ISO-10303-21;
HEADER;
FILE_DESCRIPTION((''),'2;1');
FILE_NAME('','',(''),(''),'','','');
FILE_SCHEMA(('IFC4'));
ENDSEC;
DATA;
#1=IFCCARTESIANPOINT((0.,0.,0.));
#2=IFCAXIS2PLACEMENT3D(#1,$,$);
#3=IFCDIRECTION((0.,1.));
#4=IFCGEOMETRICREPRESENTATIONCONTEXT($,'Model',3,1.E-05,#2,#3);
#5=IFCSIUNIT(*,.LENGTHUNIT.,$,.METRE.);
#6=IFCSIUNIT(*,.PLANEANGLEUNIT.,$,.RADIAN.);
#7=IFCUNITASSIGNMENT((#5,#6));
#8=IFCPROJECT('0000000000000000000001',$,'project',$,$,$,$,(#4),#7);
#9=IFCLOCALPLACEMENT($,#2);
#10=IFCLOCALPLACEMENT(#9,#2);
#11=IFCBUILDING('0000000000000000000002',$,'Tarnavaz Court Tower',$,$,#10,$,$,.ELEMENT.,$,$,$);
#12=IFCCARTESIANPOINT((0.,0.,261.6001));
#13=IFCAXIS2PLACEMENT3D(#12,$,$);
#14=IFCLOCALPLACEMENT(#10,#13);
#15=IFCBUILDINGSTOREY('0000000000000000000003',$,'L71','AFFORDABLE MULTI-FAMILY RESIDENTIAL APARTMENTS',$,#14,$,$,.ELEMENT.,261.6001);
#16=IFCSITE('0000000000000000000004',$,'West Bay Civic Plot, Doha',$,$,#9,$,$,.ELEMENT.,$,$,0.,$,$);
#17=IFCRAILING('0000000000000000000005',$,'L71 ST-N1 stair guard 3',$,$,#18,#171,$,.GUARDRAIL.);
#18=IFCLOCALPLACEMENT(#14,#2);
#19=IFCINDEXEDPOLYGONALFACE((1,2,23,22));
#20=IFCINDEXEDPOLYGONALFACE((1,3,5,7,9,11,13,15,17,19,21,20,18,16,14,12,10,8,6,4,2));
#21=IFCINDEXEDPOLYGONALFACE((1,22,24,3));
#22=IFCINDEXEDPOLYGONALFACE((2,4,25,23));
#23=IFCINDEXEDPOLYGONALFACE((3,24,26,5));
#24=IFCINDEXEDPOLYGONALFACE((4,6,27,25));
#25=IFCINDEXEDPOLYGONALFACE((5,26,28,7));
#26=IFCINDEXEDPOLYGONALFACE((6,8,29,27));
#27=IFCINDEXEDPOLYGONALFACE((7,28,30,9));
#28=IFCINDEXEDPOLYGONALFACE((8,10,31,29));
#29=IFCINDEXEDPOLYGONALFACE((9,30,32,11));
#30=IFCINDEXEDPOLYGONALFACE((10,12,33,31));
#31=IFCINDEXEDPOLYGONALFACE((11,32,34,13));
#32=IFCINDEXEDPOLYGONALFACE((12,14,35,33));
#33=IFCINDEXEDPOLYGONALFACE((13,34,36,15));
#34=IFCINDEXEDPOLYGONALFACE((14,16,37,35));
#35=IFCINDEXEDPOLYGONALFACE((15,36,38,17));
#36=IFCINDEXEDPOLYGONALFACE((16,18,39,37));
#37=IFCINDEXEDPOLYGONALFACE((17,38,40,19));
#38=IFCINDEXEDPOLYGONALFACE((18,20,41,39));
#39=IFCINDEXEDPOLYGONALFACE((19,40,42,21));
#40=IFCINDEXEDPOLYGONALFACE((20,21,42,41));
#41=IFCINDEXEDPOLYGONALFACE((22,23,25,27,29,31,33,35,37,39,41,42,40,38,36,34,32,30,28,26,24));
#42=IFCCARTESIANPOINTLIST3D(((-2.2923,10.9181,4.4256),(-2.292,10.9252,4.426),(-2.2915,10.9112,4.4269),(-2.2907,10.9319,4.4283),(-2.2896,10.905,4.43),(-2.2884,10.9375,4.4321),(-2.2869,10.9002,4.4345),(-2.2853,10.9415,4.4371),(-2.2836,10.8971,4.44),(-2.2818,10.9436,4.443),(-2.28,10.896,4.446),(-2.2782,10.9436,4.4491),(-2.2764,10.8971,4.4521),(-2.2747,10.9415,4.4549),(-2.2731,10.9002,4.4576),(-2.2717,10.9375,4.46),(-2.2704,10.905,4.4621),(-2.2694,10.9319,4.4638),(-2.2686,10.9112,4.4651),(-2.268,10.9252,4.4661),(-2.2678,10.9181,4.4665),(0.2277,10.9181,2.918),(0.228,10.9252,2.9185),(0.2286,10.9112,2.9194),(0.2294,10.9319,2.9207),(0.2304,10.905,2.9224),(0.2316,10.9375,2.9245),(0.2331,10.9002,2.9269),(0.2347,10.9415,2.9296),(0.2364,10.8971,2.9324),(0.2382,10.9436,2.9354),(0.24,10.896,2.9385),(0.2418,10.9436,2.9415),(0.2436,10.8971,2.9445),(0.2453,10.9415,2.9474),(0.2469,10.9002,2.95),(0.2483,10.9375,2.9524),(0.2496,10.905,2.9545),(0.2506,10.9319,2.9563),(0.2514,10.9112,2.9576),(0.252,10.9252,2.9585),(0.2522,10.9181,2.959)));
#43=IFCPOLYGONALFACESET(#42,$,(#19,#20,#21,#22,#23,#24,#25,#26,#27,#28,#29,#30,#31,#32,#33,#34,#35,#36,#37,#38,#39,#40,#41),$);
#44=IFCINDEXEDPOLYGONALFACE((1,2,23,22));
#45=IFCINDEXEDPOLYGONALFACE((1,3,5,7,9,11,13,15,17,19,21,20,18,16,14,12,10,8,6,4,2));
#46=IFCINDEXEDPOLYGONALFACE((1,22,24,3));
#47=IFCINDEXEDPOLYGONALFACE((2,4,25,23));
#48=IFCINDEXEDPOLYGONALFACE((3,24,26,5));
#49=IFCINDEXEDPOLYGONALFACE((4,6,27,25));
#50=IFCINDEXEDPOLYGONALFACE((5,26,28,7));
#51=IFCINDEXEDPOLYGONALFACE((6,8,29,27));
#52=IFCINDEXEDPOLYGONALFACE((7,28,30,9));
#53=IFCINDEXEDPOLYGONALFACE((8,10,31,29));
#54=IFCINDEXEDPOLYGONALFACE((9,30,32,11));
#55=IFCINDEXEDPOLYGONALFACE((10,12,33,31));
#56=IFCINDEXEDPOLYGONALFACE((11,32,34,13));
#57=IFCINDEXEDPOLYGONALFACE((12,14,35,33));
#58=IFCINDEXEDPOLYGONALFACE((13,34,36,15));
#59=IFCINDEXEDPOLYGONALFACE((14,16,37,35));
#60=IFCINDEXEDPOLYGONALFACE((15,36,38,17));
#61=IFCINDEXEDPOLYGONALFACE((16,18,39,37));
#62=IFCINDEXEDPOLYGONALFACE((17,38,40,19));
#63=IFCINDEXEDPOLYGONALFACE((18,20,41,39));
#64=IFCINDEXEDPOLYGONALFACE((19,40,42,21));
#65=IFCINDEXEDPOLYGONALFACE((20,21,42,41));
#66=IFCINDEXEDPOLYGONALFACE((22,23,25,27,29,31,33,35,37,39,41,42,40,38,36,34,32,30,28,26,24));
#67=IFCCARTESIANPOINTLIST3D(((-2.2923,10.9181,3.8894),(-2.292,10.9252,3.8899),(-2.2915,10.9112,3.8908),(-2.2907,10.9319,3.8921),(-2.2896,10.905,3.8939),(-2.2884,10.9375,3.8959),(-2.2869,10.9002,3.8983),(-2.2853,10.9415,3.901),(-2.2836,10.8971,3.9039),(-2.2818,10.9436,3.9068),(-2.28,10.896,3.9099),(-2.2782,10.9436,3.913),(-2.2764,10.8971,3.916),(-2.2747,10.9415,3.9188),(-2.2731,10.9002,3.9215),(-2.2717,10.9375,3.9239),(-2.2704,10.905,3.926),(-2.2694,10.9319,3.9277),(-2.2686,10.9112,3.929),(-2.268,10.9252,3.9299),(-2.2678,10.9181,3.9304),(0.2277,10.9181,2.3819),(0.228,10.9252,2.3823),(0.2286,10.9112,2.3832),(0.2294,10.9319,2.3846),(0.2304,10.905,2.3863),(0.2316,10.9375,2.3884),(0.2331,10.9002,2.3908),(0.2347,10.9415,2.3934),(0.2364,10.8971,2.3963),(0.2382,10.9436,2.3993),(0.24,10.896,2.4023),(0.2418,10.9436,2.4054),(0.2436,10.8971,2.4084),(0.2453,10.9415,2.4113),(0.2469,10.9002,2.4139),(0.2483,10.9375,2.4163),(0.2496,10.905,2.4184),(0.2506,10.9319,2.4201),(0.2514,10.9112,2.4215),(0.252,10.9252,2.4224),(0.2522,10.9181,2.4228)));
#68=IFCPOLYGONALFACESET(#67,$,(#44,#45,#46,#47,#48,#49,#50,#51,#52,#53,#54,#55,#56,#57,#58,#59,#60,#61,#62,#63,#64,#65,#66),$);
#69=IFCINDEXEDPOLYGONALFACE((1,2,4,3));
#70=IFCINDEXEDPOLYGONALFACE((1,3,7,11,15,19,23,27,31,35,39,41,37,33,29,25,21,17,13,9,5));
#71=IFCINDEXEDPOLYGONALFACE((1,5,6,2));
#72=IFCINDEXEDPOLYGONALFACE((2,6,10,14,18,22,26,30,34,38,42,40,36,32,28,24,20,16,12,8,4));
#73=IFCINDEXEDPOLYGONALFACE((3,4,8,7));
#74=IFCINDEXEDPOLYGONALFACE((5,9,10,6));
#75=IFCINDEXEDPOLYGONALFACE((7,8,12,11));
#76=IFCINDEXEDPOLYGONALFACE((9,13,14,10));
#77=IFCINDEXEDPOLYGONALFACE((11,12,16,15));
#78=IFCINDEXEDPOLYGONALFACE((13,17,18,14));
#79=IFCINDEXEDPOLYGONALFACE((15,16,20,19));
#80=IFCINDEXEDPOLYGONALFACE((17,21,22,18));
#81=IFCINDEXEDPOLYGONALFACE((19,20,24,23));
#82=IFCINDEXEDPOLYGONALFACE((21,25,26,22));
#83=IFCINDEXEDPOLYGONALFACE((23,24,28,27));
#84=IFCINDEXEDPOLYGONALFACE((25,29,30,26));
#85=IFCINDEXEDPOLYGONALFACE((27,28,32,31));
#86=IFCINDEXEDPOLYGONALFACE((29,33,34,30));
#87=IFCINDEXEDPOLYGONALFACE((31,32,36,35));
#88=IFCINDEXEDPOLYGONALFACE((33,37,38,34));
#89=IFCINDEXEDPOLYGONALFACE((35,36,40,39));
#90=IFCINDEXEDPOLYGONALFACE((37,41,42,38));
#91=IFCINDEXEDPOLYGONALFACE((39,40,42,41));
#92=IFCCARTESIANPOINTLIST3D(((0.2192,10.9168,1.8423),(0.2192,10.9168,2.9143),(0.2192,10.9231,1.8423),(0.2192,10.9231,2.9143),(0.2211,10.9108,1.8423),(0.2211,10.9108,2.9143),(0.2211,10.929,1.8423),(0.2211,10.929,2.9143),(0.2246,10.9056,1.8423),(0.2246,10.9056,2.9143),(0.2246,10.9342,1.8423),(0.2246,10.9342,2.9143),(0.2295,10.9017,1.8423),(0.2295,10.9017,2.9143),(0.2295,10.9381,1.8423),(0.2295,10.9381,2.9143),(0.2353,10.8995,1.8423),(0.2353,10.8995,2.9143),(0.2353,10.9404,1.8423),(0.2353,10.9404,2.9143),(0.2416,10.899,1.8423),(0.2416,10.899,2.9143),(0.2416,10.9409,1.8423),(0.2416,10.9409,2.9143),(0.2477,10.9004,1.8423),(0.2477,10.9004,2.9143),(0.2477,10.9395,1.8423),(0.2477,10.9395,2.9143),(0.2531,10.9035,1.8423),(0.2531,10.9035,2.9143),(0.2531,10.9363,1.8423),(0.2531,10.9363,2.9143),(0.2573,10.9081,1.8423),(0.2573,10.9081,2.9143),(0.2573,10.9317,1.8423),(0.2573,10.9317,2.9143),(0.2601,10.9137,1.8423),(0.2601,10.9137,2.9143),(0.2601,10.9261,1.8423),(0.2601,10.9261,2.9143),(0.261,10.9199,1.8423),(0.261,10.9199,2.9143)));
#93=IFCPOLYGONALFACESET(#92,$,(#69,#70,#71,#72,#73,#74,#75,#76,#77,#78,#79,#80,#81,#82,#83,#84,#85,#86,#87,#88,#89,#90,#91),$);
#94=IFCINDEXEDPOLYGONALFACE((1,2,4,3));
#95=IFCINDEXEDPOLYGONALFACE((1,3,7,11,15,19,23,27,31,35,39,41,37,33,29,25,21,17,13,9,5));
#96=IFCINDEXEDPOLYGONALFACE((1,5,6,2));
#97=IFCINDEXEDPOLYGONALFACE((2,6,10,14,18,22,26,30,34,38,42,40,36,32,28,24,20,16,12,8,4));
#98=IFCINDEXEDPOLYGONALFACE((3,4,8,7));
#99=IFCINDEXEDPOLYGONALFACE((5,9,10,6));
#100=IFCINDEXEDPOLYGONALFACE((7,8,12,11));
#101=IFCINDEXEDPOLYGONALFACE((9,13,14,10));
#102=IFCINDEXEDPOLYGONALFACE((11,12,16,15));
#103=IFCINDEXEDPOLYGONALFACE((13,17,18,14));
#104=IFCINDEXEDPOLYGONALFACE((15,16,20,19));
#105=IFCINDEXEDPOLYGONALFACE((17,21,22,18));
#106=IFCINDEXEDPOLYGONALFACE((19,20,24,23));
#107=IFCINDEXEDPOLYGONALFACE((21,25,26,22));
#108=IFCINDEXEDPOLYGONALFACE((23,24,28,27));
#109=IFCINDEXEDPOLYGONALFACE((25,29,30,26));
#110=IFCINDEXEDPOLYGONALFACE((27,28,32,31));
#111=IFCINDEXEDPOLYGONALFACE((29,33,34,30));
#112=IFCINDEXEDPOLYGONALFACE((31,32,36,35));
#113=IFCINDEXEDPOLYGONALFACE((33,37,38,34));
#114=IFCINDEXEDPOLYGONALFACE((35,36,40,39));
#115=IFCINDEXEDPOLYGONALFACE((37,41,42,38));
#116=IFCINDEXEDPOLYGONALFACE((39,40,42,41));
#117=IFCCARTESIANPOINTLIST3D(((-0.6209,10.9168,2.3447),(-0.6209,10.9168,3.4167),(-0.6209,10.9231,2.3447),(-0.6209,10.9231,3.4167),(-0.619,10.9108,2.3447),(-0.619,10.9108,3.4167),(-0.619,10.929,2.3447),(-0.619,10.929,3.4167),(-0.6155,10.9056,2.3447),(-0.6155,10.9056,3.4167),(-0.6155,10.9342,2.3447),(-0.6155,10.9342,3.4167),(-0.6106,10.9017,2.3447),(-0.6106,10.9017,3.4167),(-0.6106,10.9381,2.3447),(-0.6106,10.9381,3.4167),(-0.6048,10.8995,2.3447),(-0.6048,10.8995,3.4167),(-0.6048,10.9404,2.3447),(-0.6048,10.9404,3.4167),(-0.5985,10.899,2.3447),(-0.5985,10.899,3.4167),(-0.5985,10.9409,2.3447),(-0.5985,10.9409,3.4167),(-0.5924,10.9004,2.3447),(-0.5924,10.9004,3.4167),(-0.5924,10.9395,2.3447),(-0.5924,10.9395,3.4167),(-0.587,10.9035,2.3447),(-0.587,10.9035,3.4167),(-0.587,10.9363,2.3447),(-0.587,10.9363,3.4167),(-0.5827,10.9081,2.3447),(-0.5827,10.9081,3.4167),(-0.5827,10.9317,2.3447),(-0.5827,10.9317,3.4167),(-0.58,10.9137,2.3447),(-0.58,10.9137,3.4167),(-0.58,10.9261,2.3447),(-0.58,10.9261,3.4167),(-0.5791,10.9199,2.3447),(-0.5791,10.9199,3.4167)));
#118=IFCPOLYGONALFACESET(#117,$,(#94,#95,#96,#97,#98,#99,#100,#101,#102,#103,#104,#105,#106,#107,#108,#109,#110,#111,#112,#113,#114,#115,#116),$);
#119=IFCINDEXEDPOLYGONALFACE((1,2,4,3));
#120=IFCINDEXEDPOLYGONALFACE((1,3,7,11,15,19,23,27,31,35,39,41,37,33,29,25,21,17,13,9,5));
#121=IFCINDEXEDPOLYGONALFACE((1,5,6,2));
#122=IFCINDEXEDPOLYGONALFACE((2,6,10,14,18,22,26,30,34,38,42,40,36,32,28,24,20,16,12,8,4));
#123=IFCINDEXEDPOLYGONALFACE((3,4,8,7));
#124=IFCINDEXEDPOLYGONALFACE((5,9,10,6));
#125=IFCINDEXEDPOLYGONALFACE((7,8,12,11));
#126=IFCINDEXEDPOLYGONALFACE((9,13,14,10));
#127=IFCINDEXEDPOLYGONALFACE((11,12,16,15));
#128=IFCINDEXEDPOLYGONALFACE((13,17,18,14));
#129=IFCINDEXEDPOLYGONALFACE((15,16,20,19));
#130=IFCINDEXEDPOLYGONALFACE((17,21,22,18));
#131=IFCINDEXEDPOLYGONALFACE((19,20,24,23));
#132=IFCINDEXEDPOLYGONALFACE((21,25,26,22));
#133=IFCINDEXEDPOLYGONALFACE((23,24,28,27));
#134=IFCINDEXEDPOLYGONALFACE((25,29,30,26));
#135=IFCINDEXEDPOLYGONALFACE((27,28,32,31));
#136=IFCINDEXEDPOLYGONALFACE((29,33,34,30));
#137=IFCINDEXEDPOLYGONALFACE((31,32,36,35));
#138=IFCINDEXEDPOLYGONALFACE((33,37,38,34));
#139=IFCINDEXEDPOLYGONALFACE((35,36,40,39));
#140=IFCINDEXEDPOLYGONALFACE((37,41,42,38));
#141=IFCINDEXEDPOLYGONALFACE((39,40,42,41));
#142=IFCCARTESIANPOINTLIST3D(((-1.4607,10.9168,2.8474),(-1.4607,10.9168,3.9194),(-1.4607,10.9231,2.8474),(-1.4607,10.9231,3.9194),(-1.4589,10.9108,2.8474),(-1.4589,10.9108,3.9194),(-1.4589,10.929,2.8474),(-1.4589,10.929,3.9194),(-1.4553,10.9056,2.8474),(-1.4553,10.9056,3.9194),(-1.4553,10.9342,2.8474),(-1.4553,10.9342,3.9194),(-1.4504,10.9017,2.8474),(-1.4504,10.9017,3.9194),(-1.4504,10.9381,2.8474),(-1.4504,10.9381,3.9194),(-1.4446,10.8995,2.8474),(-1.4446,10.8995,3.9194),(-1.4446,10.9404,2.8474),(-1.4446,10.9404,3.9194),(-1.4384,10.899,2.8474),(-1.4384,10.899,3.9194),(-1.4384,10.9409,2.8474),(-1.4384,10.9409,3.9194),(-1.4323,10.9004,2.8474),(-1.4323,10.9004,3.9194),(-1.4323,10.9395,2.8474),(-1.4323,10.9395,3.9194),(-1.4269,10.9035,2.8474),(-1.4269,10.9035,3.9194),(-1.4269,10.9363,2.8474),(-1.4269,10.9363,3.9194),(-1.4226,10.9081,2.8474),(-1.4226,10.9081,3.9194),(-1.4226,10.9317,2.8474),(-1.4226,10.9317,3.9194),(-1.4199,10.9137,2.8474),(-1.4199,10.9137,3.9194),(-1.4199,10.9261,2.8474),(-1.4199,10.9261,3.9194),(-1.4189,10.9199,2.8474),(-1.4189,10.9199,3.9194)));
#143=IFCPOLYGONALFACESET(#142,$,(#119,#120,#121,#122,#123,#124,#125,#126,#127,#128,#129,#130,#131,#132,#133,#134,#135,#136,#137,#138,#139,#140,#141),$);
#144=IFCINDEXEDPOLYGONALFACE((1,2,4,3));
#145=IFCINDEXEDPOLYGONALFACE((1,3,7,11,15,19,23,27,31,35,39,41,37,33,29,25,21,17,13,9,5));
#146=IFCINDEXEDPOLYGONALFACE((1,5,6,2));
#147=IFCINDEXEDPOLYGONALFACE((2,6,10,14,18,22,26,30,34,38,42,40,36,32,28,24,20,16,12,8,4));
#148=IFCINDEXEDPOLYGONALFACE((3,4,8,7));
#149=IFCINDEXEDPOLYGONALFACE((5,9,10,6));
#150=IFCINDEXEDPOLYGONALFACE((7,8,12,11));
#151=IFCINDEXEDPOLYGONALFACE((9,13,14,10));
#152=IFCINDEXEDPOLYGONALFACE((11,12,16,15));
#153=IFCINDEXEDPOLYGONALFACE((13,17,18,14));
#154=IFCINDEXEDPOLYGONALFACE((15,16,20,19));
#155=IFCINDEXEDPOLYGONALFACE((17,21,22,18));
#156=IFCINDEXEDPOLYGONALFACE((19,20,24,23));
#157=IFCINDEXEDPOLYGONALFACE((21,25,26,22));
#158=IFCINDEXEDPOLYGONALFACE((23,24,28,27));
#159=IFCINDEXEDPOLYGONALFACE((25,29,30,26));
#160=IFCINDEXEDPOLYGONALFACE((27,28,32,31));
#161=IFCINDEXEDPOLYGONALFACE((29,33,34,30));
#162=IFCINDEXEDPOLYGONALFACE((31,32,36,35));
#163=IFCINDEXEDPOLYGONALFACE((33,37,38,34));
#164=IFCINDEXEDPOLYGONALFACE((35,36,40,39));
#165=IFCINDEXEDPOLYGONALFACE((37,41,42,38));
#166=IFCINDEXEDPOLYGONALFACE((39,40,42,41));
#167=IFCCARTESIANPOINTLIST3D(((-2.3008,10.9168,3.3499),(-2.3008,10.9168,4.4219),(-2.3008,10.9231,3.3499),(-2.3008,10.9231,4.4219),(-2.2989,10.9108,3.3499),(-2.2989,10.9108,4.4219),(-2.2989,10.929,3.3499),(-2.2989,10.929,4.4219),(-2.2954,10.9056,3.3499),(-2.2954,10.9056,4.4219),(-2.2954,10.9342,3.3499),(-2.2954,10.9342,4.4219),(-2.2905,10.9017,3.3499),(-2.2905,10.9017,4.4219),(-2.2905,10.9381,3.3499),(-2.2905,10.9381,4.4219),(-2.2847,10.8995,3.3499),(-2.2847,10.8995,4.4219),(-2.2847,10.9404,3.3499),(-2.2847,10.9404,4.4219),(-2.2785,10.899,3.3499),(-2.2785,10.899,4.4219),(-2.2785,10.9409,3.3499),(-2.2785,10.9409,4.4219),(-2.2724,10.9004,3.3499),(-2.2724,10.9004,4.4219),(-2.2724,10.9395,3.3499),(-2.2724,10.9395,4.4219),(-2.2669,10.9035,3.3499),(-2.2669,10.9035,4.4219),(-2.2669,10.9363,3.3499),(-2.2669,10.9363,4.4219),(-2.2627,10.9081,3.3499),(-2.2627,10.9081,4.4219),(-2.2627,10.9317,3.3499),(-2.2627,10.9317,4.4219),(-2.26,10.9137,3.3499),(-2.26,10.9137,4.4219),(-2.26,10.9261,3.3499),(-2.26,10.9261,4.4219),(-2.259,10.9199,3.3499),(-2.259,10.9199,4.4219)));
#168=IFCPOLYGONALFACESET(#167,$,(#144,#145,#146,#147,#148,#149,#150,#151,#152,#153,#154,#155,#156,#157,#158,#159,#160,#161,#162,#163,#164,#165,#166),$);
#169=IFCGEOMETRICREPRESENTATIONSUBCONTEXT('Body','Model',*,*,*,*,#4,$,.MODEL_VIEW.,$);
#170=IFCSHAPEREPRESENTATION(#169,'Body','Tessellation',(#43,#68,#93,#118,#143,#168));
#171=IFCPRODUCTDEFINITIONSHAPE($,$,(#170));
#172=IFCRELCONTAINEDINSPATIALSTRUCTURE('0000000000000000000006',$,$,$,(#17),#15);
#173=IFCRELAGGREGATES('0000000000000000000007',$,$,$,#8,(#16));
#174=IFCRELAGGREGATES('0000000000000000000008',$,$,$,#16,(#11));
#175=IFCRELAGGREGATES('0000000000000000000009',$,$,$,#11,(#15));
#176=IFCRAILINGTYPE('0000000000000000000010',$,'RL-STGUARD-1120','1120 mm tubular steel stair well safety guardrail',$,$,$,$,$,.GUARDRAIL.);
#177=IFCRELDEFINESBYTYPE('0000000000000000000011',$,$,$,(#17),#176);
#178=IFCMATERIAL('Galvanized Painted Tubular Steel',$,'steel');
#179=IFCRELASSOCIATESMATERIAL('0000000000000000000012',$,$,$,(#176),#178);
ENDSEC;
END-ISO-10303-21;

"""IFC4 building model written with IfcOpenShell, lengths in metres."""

from ifc_helpers import new_model, si_unit, direction, frame, origin, origin_2d, place, context, subcontext, project, spatial, circle, extrude, material, type_object, element, save


model = new_model("IFC4")

# Units and contexts
model_context = context("Model", 3, precision=1e-05, world=origin(), true_north=direction((0.0, 1.0)))
body_context = subcontext(model_context, "Body", "Model", "MODEL_VIEW")
ifc_project = project(units=[si_unit("LENGTHUNIT", "METRE"), si_unit("PLANEANGLEUNIT", "RADIAN")], contexts=[model_context])

# Site, building, storey
site_placement = place(None, origin())
site = spatial("IfcSite", under=ifc_project, at=site_placement, Name="West Bay Civic Plot, Doha", CompositionType="ELEMENT", RefElevation=0.0)
building_placement = place(site_placement, origin())
building = spatial("IfcBuilding", under=site, at=building_placement, Name="Tarnavaz Court Tower", CompositionType="ELEMENT")
storey_placement = place(building_placement, frame((0.0, 0.0, 261.6001)))
storey = spatial("IfcBuildingStorey", under=building, at=storey_placement, Name="L71", Description="AFFORDABLE MULTI-FAMILY RESIDENTIAL APARTMENTS", CompositionType="ELEMENT", Elevation=261.6001)

# Railing
ifc_material_1 = material(Name="Galvanized Painted Tubular Steel", Category="steel")
railing_type_1 = type_object("IfcRailingType", Name="RL-STGUARD-1120", Description="1120 mm tubular steel stair well safety guardrail", PredefinedType="GUARDRAIL", material=ifc_material_1)
railing_1_placement = place(storey_placement, frame((0.24, 10.9199, 1.8423)))
element("IfcRailing", 1, at=railing_1_placement, inside=storey, type_object=railing_type_1, Name="L71 ST-N1 stair guard 3", PredefinedType="GUARDRAIL", context=body_context, shape_type="SweptSolid", body=[
    extrude(circle(Radius=0.0239, at=origin_2d()), frame((0.0, 0.0, 1.0962), z_axis=(-0.85816, 0.0, 0.513383), x_axis=(0.0, -1.0, 0.0)), (0.0, 0.0, 1.0), 2.9365),
    extrude(circle(Radius=0.0239, at=origin_2d()), frame((0.0, 0.0, 0.5601), z_axis=(-0.85816, 0.0, 0.513383), x_axis=(0.0, -1.0, 0.0)), (0.0, 0.0, 1.0), 2.9365),
    extrude(circle(Radius=0.021, at=origin_2d()), origin(), (0.0, 0.0, 1.0), 1.072),
    extrude(circle(Radius=0.021, at=origin_2d()), frame((-0.8401, 0.0, 0.5024)), (0.0, 0.0, 1.0), 1.072),
    extrude(circle(Radius=0.021, at=origin_2d()), frame((-1.6799, 0.0, 1.0051)), (0.0, 0.0, 1.0), 1.072),
    extrude(circle(Radius=0.021, at=origin_2d()), frame((-2.52, 0.0, 1.5076)), (0.0, 0.0, 1.0), 1.072),
])

save(model, "model.ifc")
